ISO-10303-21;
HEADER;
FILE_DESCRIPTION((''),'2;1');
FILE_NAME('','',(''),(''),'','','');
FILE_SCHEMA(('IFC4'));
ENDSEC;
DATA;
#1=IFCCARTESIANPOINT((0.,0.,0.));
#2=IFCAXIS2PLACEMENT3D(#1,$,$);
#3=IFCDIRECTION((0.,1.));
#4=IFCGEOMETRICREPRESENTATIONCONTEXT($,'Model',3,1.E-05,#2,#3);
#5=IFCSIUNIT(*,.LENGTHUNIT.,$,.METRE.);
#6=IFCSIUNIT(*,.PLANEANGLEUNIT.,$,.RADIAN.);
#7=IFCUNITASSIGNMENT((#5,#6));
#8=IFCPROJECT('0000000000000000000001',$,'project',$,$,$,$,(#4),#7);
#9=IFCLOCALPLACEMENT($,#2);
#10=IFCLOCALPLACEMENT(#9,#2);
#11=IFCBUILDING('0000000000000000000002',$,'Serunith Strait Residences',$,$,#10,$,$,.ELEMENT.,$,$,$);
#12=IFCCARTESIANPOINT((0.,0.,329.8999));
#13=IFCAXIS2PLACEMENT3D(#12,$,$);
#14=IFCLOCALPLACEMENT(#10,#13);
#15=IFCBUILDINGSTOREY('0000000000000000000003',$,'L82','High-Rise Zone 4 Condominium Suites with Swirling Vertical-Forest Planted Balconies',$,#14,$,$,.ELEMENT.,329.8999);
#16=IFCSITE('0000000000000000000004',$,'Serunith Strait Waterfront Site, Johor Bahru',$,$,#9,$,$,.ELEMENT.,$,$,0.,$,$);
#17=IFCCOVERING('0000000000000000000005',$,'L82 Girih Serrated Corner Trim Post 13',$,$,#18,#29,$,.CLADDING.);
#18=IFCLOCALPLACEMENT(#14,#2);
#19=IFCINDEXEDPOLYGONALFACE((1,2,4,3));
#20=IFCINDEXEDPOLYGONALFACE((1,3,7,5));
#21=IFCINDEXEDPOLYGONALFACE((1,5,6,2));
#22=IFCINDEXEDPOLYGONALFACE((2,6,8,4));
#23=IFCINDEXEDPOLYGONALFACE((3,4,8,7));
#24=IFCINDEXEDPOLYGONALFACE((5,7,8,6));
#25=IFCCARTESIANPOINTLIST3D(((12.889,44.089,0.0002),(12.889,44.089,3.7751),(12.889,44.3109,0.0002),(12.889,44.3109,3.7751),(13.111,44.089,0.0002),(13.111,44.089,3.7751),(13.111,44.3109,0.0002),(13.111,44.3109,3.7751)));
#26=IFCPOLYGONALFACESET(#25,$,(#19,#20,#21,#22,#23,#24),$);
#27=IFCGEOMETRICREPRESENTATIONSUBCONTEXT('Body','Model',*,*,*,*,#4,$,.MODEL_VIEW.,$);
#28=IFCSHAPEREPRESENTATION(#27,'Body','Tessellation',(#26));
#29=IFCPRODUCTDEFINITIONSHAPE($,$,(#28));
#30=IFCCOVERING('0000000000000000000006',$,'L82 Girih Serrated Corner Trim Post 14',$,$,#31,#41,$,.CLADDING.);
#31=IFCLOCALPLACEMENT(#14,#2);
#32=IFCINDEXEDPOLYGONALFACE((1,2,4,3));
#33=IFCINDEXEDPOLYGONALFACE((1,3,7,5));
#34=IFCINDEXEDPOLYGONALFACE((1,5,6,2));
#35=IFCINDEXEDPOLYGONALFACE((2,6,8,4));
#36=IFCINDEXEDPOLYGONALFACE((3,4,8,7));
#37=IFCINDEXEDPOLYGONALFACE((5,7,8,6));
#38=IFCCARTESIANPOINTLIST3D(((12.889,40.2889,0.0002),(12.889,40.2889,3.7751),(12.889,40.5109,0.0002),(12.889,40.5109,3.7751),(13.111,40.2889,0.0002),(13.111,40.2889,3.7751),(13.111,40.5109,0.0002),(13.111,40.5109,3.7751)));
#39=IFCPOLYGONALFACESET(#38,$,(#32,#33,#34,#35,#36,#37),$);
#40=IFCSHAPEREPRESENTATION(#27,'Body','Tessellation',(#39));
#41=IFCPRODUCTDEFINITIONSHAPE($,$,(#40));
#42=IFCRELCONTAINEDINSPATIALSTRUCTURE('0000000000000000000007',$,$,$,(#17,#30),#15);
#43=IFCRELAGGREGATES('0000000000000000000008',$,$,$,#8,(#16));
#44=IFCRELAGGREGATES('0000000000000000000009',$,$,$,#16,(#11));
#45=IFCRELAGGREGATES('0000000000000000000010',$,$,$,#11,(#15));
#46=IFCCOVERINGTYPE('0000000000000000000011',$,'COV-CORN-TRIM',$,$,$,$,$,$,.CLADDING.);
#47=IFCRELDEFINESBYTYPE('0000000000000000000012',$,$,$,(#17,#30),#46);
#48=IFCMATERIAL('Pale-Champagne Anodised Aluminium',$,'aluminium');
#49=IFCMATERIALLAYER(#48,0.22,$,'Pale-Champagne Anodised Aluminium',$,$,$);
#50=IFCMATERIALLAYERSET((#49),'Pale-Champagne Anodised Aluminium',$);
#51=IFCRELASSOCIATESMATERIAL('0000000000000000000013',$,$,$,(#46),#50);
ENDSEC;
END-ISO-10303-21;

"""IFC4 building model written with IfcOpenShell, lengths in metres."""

from ifc_helpers import new_model, si_unit, direction, frame, origin, origin_2d, place, context, subcontext, project, spatial, rectangle, extrude, source, transform, mapped, material, layer, layer_set, type_object, element, save


model = new_model("IFC4")

# Units and contexts
model_context = context("Model", 3, precision=1e-05, world=origin(), true_north=direction((0.0, 1.0)))
body_context = subcontext(model_context, "Body", "Model", "MODEL_VIEW")
ifc_project = project(units=[si_unit("LENGTHUNIT", "METRE"), si_unit("PLANEANGLEUNIT", "RADIAN")], contexts=[model_context])

# Site, building, storey
site_placement = place(None, origin())
site = spatial("IfcSite", under=ifc_project, at=site_placement, Name="Serunith Strait Waterfront Site, Johor Bahru", CompositionType="ELEMENT", RefElevation=0.0)
building_placement = place(site_placement, origin())
building = spatial("IfcBuilding", under=site, at=building_placement, Name="Serunith Strait Residences", CompositionType="ELEMENT")
storey_placement = place(building_placement, frame((0.0, 0.0, 329.8999)))
storey = spatial("IfcBuildingStorey", under=building, at=storey_placement, Name="L82", Description="High-Rise Zone 4 Condominium Suites with Swirling Vertical-Forest Planted Balconies", CompositionType="ELEMENT", Elevation=329.8999)

# Coverings
ifc_material_1 = material(Name="Pale-Champagne Anodised Aluminium", Category="aluminium")
ifc_layer_1 = layer(ifc_material_1, 0.22, Name="Pale-Champagne Anodised Aluminium")
ifc_layer_set_1 = layer_set([ifc_layer_1], Name="Pale-Champagne Anodised Aluminium")
covering_type = type_object("IfcCoveringType", Name="COV-CORN-TRIM", PredefinedType="CLADDING", material=ifc_layer_set_1)
shared_shape_1 = source(origin(), body_context, "Body", "SweptSolid", [
    extrude(rectangle(XDim=0.2219, YDim=0.2219, at=origin_2d()), origin(), (0.0, 0.0, 1.0), 3.7749),
])
for number, where, z_axis, x_axis, name in (
    (1, (13.0, 44.2, 0.0002), (0.0, 0.0, 1.0), (1.0, 0.0, 0.0), "L82 Girih Serrated Corner Trim Post 13"),
    (2, (13.0, 40.3999, 0.0002), (0.0, 0.0, 1.0), (1.0, 0.0, 0.0), "L82 Girih Serrated Corner Trim Post 14"),
):
    element("IfcCovering", number, at=place(storey_placement, frame(where, z_axis=z_axis, x_axis=x_axis)), inside=storey, type_object=covering_type, Name=name, PredefinedType="CLADDING", context=body_context, shape_type="MappedRepresentation", body=[
        mapped(shared_shape_1, transform((0.0, 0.0, 0.0), scale=1.0)),
    ])

save(model, "model.ifc")
